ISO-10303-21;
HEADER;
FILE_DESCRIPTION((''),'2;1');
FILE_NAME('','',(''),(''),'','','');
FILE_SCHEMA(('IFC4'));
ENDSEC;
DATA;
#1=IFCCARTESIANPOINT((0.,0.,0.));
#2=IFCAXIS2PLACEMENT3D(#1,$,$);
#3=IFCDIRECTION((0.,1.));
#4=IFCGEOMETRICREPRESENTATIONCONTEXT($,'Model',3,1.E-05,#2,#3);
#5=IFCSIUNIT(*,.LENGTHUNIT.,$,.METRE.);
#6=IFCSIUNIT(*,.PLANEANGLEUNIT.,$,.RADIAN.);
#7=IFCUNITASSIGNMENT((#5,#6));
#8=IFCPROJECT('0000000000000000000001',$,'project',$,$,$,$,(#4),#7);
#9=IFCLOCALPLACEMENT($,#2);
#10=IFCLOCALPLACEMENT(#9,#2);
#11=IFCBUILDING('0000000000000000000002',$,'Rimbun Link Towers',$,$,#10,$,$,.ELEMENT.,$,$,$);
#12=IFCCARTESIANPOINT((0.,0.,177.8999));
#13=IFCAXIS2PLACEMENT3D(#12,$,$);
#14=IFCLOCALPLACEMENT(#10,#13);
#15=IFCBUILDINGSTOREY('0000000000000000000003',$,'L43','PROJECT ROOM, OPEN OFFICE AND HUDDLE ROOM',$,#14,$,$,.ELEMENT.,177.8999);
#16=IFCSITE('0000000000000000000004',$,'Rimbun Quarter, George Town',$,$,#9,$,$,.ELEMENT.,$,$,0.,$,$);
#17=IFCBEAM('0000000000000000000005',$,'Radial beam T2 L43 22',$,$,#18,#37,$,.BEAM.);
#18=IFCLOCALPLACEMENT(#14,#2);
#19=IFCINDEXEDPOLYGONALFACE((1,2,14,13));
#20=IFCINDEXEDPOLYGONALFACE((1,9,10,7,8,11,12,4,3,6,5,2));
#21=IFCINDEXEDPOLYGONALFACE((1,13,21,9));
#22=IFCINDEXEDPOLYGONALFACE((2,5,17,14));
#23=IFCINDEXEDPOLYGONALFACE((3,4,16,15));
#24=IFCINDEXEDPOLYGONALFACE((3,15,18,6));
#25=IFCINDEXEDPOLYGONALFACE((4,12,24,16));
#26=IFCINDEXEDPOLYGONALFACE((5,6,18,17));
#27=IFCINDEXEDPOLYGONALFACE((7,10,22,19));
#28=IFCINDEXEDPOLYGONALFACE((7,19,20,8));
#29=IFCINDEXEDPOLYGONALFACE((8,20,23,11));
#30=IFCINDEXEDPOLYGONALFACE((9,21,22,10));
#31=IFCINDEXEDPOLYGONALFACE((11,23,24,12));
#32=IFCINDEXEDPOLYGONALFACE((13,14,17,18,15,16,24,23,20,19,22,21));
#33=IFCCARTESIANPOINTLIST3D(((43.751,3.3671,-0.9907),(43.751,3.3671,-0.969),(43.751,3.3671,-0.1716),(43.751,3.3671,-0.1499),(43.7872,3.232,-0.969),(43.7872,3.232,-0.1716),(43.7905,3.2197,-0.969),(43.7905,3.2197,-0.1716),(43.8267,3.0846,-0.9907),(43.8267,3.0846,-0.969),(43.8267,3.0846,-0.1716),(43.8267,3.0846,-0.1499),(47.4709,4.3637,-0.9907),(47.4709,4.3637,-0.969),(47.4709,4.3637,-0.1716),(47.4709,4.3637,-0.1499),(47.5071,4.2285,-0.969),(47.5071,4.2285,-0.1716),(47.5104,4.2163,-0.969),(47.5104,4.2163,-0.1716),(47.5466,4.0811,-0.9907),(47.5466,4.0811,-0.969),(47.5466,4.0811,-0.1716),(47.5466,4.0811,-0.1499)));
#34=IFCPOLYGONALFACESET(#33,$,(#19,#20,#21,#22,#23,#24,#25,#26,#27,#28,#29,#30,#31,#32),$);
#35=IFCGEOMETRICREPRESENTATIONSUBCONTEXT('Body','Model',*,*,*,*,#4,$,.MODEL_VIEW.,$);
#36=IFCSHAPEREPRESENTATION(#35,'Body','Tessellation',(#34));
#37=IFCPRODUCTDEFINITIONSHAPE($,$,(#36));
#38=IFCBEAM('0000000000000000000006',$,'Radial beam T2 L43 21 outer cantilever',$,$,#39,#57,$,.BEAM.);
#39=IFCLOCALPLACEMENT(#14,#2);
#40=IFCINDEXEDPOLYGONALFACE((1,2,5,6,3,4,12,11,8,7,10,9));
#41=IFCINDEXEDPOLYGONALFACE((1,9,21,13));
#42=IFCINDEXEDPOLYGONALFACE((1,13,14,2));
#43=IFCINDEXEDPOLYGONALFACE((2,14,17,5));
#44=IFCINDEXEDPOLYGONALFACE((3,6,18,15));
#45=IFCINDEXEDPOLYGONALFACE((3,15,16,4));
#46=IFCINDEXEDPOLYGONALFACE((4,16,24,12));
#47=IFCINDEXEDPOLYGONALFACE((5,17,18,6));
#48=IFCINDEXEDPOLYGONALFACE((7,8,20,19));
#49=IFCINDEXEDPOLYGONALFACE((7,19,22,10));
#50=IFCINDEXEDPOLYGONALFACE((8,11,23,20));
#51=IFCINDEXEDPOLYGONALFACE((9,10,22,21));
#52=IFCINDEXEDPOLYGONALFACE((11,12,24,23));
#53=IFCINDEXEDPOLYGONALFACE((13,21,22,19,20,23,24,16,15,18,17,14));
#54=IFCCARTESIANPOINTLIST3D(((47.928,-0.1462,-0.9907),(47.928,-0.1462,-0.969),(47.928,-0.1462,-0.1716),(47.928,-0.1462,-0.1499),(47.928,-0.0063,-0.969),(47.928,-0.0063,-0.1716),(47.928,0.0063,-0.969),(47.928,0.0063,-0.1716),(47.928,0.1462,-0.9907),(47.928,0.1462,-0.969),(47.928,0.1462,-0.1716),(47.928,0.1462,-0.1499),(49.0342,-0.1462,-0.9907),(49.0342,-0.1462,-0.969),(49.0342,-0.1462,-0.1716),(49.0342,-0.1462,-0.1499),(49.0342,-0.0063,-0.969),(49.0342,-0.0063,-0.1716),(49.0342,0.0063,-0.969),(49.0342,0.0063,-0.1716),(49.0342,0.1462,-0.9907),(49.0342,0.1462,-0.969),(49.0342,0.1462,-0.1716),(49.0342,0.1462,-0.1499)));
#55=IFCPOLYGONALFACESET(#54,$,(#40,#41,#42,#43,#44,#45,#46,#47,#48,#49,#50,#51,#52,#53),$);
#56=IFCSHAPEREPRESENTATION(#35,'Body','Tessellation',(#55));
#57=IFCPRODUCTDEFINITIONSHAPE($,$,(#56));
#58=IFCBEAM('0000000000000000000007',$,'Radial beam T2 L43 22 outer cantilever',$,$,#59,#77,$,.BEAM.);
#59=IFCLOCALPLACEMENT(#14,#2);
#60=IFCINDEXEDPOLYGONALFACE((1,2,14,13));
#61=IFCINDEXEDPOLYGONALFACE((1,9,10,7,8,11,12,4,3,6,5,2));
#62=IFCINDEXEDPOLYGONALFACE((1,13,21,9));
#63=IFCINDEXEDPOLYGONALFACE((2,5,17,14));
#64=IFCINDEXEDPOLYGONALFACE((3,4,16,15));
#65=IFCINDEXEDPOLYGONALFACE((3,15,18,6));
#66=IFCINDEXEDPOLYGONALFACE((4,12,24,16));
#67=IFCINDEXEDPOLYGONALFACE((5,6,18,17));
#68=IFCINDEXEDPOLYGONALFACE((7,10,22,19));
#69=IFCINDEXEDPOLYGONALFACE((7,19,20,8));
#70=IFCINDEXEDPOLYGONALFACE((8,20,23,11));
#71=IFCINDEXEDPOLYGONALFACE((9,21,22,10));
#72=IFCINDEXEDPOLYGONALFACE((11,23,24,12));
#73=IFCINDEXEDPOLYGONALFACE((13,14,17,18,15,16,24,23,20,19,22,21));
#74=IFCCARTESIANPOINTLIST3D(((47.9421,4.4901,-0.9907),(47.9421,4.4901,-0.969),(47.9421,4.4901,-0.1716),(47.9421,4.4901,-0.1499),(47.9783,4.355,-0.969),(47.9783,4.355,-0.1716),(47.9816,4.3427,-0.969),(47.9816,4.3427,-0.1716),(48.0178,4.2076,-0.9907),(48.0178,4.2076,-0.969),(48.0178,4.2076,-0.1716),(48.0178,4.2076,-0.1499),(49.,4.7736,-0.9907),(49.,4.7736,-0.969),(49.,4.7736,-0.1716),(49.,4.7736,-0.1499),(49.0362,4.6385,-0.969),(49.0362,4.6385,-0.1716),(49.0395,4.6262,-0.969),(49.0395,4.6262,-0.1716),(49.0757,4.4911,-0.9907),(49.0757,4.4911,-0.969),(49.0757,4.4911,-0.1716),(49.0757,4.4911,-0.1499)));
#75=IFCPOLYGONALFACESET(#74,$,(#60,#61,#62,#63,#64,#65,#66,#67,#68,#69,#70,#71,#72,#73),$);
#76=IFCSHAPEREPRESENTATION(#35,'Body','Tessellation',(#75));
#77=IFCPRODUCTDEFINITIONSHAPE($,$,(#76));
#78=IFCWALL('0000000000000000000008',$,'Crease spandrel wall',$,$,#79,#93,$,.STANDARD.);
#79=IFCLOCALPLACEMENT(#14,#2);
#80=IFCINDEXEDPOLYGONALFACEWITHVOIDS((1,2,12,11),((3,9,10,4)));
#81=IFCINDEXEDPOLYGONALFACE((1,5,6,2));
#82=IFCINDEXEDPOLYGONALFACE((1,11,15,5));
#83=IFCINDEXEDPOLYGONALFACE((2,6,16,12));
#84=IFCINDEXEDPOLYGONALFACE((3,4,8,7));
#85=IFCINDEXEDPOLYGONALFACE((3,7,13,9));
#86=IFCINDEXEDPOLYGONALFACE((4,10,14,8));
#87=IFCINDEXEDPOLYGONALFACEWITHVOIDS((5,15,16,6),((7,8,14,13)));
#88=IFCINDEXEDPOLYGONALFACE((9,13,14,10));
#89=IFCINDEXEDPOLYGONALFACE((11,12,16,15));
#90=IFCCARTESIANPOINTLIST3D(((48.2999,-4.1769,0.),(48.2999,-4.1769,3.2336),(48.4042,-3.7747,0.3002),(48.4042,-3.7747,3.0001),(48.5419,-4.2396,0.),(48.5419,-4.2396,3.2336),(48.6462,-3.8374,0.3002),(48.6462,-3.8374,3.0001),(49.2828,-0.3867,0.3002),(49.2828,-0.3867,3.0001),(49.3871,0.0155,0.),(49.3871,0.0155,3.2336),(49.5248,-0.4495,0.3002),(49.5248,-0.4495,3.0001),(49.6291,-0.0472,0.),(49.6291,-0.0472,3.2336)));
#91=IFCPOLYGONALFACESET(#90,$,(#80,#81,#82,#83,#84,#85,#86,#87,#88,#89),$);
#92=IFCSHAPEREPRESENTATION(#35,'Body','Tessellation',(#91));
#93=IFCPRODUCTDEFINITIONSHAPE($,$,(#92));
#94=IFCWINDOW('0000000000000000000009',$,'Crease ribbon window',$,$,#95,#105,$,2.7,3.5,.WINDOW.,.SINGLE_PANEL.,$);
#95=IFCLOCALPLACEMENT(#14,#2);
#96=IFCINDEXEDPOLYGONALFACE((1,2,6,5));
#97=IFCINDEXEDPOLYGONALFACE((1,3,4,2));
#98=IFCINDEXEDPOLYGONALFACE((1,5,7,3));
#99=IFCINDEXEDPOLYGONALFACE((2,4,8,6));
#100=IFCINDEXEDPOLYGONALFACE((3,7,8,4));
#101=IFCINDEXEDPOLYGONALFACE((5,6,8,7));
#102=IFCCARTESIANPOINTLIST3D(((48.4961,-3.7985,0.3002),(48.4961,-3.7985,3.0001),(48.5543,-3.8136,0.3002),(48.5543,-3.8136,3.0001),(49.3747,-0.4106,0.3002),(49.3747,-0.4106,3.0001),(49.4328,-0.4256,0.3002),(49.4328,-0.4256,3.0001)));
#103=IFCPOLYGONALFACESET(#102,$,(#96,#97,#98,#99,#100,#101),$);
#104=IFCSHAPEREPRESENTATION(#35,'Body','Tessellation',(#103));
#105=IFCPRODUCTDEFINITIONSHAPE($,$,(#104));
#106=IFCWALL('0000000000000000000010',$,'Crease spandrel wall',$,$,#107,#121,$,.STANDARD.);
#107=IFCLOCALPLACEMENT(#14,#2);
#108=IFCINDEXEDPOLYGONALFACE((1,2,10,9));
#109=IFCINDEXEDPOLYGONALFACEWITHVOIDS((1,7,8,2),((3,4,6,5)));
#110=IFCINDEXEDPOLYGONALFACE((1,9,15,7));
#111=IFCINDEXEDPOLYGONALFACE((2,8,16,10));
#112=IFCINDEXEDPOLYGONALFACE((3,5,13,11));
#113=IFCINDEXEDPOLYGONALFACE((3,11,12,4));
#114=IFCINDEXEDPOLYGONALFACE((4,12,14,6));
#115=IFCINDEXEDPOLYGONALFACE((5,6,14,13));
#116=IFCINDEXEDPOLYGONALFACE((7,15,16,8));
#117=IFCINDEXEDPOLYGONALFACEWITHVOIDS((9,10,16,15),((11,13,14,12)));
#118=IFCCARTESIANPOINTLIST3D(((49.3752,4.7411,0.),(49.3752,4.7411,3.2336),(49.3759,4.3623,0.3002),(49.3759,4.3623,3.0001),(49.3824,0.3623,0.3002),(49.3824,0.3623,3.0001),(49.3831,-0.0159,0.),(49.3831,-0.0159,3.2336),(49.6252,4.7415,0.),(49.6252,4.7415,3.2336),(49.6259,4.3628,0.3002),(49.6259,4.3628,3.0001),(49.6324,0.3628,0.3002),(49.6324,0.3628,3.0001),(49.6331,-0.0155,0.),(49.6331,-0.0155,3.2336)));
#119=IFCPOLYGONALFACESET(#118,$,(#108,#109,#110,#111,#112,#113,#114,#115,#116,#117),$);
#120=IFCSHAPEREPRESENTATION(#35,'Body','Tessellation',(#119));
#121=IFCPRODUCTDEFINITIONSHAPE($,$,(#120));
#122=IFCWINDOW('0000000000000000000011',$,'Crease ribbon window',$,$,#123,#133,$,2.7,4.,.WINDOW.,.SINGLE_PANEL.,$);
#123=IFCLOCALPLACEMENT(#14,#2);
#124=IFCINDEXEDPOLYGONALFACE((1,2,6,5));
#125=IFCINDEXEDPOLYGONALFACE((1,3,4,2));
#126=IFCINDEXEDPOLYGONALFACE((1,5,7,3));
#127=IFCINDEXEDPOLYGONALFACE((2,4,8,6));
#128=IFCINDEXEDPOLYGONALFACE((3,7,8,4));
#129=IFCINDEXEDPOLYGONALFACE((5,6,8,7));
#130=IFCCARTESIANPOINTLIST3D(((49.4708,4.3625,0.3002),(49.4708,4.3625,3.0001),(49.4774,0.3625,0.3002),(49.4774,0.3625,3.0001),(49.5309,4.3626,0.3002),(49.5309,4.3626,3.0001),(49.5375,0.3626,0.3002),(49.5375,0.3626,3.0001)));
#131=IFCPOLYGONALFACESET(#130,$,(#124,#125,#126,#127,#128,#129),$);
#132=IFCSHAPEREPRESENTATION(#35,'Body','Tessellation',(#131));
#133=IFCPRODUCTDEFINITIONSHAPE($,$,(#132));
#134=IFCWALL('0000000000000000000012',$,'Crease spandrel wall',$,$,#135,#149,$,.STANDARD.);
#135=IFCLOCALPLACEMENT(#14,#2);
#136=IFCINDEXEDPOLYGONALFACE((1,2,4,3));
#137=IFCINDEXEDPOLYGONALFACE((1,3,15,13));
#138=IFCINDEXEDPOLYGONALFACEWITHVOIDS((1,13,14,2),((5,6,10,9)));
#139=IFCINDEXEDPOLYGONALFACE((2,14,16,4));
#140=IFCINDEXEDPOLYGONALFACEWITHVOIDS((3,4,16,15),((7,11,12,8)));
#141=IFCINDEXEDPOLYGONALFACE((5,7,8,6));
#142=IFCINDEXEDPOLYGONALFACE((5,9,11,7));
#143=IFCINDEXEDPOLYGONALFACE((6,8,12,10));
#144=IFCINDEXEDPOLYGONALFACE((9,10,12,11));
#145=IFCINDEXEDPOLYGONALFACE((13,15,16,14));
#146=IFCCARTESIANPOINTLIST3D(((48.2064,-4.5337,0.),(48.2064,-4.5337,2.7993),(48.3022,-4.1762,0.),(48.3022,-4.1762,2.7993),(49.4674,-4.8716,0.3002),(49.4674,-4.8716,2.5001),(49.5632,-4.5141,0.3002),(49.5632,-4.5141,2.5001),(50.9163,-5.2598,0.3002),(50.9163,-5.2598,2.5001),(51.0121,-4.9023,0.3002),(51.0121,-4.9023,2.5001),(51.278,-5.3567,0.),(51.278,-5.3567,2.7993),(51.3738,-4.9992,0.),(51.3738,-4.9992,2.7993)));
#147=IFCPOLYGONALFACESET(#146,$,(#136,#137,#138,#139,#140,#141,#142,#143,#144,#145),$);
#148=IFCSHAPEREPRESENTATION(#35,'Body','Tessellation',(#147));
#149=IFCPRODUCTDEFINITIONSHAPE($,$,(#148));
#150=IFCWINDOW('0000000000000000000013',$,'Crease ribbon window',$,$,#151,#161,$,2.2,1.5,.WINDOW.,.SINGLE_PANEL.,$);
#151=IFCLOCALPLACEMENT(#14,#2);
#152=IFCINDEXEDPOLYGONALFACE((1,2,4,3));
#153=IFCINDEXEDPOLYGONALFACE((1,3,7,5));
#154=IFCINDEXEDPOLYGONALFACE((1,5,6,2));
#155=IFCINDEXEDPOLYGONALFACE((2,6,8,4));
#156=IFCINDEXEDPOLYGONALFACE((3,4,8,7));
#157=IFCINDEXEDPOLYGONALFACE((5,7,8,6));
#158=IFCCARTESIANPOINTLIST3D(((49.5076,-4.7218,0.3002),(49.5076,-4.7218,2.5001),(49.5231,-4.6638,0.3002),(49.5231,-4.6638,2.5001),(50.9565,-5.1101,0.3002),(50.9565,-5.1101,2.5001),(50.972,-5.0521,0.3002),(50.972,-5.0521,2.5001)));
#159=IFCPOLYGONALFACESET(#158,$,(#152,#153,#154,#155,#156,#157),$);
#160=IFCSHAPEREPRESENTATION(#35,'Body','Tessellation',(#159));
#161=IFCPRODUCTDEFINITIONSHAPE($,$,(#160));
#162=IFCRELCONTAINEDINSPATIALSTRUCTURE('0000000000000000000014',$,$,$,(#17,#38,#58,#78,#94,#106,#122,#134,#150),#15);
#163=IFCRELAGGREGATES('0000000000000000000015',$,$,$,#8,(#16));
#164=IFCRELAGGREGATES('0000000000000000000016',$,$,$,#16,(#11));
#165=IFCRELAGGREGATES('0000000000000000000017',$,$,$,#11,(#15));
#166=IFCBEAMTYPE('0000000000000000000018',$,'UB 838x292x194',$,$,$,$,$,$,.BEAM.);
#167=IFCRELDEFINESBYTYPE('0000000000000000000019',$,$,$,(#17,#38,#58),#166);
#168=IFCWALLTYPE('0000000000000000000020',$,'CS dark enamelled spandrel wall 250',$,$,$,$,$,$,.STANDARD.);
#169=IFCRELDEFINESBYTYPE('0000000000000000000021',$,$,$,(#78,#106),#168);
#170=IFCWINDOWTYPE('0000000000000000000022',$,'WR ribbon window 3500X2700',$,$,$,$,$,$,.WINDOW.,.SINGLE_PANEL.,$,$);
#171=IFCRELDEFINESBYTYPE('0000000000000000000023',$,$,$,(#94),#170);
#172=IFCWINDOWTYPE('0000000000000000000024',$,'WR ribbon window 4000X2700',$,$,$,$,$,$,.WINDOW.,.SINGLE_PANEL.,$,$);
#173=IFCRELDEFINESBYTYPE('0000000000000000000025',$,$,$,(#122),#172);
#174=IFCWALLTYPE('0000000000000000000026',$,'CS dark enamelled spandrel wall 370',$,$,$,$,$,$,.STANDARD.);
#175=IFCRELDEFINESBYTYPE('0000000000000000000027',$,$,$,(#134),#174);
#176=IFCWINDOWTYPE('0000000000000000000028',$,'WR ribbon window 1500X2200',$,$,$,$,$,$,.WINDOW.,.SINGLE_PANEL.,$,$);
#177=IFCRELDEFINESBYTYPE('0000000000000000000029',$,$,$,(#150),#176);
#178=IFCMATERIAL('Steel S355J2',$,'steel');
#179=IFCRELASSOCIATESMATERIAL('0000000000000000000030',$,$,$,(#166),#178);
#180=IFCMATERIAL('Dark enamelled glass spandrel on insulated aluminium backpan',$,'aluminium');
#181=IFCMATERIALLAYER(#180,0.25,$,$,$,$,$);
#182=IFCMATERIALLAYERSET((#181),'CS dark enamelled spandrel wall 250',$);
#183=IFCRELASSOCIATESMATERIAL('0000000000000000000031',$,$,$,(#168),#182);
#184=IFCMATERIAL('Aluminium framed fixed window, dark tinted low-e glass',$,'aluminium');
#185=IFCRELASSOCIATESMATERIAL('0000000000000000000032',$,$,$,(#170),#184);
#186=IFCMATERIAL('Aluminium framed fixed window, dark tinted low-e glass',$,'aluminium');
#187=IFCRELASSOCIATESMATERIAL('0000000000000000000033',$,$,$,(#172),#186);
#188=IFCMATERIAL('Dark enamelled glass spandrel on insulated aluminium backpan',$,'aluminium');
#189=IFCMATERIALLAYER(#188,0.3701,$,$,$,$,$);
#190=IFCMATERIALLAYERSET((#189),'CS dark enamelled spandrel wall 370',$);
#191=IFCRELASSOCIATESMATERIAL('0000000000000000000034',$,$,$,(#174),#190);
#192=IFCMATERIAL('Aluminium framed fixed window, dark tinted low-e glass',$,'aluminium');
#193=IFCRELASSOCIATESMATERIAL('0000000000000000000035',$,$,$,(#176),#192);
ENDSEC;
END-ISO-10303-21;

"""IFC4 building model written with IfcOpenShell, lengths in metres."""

from ifc_helpers import new_model, si_unit, direction, frame, frame_2d, origin, origin_2d, place, context, subcontext, project, spatial, rectangle, i_section, extrude, material, layer, layer_set, material_profile, profile_set, type_object, element, fill, save


model = new_model("IFC4")

# Units and contexts
model_context = context("Model", 3, precision=1e-05, world=origin(), true_north=direction((0.0, 1.0)))
body_context = subcontext(model_context, "Body", "Model", "MODEL_VIEW")
ifc_project = project(units=[si_unit("LENGTHUNIT", "METRE"), si_unit("PLANEANGLEUNIT", "RADIAN")], contexts=[model_context])

# Site, building, storey
site_placement = place(None, origin())
site = spatial("IfcSite", under=ifc_project, at=site_placement, Name="Rimbun Quarter, George Town", CompositionType="ELEMENT", RefElevation=0.0)
building_placement = place(site_placement, origin())
building = spatial("IfcBuilding", under=site, at=building_placement, Name="Rimbun Link Towers", CompositionType="ELEMENT")
storey_placement = place(building_placement, frame((0.0, 0.0, 177.8999)))
storey = spatial("IfcBuildingStorey", under=building, at=storey_placement, Name="L43", Description="PROJECT ROOM, OPEN OFFICE AND HUDDLE ROOM", CompositionType="ELEMENT", Elevation=177.8999)

# Beams
ifc_material_1 = material(Name="Steel S355J2", Category="steel")
ifc_material_profile_1 = material_profile(ifc_material_1, i_section(OverallWidth=0.2925, OverallDepth=0.8408, WebThickness=0.0127, FlangeThickness=0.0217, at=origin_2d()), Name="UB 838x292x194")
ifc_profile_set_1 = profile_set([ifc_material_profile_1], Name="Steel S355J2")
beam_type_1 = type_object("IfcBeamType", Name="UB 838x292x194", PredefinedType="BEAM", material=ifc_profile_set_1)
beam_1_placement = place(storey_placement, frame((43.7888, 3.2258, -0.5703), z_axis=(0.965938, 0.258775, 0.0), x_axis=(-0.258775, 0.965938, 0.0)))
element("IfcBeam", 1, at=beam_1_placement, inside=storey, type_object=beam_type_1, Name="Radial beam T2 L43 22", PredefinedType="BEAM", context=body_context, shape_type="SweptSolid", body=[
    extrude(i_section(OverallWidth=0.2925, OverallDepth=0.8408, WebThickness=0.0127, FlangeThickness=0.0217, at=origin_2d()), origin(), (0.0, 0.0, 1.0), 3.8511),
])
beam_2_placement = place(storey_placement, frame((47.928, 0.0, -0.5703), z_axis=(1.0, 0.0, 0.0), x_axis=(0.0, 1.0, 0.0)))
element("IfcBeam", 2, at=beam_2_placement, inside=storey, type_object=beam_type_1, Name="Radial beam T2 L43 21 outer cantilever", PredefinedType="BEAM", context=body_context, shape_type="SweptSolid", body=[
    extrude(i_section(OverallWidth=0.2925, OverallDepth=0.8408, WebThickness=0.0127, FlangeThickness=0.0217, at=origin_2d()), origin(), (0.0, 0.0, 1.0), 1.1062),
])
beam_3_placement = place(storey_placement, frame((47.98, 4.3489, -0.5703), z_axis=(0.965927, 0.258814, 0.0), x_axis=(-0.258814, 0.965927, 0.0)))
element("IfcBeam", 3, at=beam_3_placement, inside=storey, type_object=beam_type_1, Name="Radial beam T2 L43 22 outer cantilever", PredefinedType="BEAM", context=body_context, shape_type="SweptSolid", body=[
    extrude(i_section(OverallWidth=0.2925, OverallDepth=0.8408, WebThickness=0.0127, FlangeThickness=0.0217, at=origin_2d()), origin(), (0.0, 0.0, 1.0), 1.0952),
])

# Walls, openings, windows
ifc_material_2 = material(Name="Dark enamelled glass spandrel on insulated aluminium backpan", Category="aluminium")
ifc_layer_1 = layer(ifc_material_2, 0.25)
ifc_layer_set_1 = layer_set([ifc_layer_1], Name="CS dark enamelled spandrel wall 250")
wall_type_1 = type_object("IfcWallType", Name="CS dark enamelled spandrel wall 250", PredefinedType="STANDARD", material=ifc_layer_set_1)
wall_1_placement = place(storey_placement, frame((49.5081, -0.0159, 0.0), z_axis=(0.0, 0.0, 1.0), x_axis=(-0.251015, -0.967983, 0.0)))
wall_1 = element("IfcWall", 4, at=wall_1_placement, inside=storey, type_object=wall_type_1, Name="Crease spandrel wall", PredefinedType="STANDARD", context=body_context, shape_type="SweptSolid", body=[
    extrude(rectangle(XDim=4.3311, YDim=0.25, at=frame_2d((2.1655, 0.0))), origin(), (0.0, 0.0, 1.0), 3.2336),
])
opening_1_placement = place(wall_1_placement, frame((0.4155, 0.0, 0.3)))
opening_1 = element("IfcOpeningElement", 5, at=opening_1_placement, cuts=wall_1, PredefinedType="OPENING", context=body_context, shape_type="SweptSolid", body=[
    extrude(rectangle(XDim=3.5, YDim=2.7, at=frame_2d((1.75, 1.3501))), frame((0.0, 0.135, 0.0), z_axis=(0.0, -1.0, 0.0), x_axis=(1.0, 0.0, 0.0)), (0.0, 0.0, 1.0), 0.27),
])
ifc_material_3 = material(Name="Aluminium framed fixed window, dark tinted low-e glass", Category="aluminium")
window_type_1 = type_object("IfcWindowType", Name="WR ribbon window 3500X2700", PartitioningType="SINGLE_PANEL", PredefinedType="WINDOW", material=ifc_material_3)
window_1_placement = place(opening_1_placement, origin())
window_1 = element("IfcWindow", 6, at=window_1_placement, inside=storey, type_object=window_type_1, Name="Crease ribbon window", OverallHeight=2.7, OverallWidth=3.5, PartitioningType="SINGLE_PANEL", PredefinedType="WINDOW", context=body_context, shape_type="SweptSolid", body=[
    extrude(rectangle(XDim=3.5, YDim=2.7, at=frame_2d((1.75, 1.3501))), frame((0.0, 0.03, 0.0), z_axis=(0.0, -1.0, 0.0), x_axis=(1.0, 0.0, 0.0)), (0.0, 0.0, 1.0), 0.0601),
])
fill(opening_1, window_1)
wall_2_placement = place(storey_placement, frame((49.5002, 4.7412, 0.0), z_axis=(0.0, 0.0, 1.0), x_axis=(0.001642, -0.999999, 0.0)))
wall_2 = element("IfcWall", 7, at=wall_2_placement, inside=storey, type_object=wall_type_1, Name="Crease spandrel wall", PredefinedType="STANDARD", context=body_context, shape_type="SweptSolid", body=[
    extrude(rectangle(XDim=4.7571, YDim=0.25, at=frame_2d((2.3784, 0.0))), origin(), (0.0, 0.0, 1.0), 3.2336),
])
opening_2_placement = place(wall_2_placement, frame((0.3787, 0.0, 0.3)))
opening_2 = element("IfcOpeningElement", 8, at=opening_2_placement, cuts=wall_2, PredefinedType="OPENING", context=body_context, shape_type="SweptSolid", body=[
    extrude(rectangle(XDim=4.0, YDim=2.7, at=frame_2d((2.0, 1.3501))), frame((0.0, 0.135, 0.0), z_axis=(0.0, -1.0, 0.0), x_axis=(1.0, 0.0, 0.0)), (0.0, 0.0, 1.0), 0.27),
])
ifc_material_4 = material(Name="Aluminium framed fixed window, dark tinted low-e glass", Category="aluminium")
window_type_2 = type_object("IfcWindowType", Name="WR ribbon window 4000X2700", PartitioningType="SINGLE_PANEL", PredefinedType="WINDOW", material=ifc_material_4)
window_2_placement = place(opening_2_placement, origin())
window_2 = element("IfcWindow", 9, at=window_2_placement, inside=storey, type_object=window_type_2, Name="Crease ribbon window", OverallHeight=2.7, OverallWidth=4.0, PartitioningType="SINGLE_PANEL", PredefinedType="WINDOW", context=body_context, shape_type="SweptSolid", body=[
    extrude(rectangle(XDim=4.0, YDim=2.7, at=frame_2d((2.0, 1.3501))), frame((0.0, 0.03, 0.0), z_axis=(0.0, -1.0, 0.0), x_axis=(1.0, 0.0, 0.0)), (0.0, 0.0, 1.0), 0.0601),
])
fill(opening_2, window_2)
ifc_material_5 = material(Name="Dark enamelled glass spandrel on insulated aluminium backpan", Category="aluminium")
ifc_layer_2 = layer(ifc_material_5, 0.3701)
ifc_layer_set_2 = layer_set([ifc_layer_2], Name="CS dark enamelled spandrel wall 370")
wall_type_2 = type_object("IfcWallType", Name="CS dark enamelled spandrel wall 370", PredefinedType="STANDARD", material=ifc_layer_set_2)
wall_3_placement = place(storey_placement, frame((48.2544, -4.355, 0.0), z_axis=(0.0, 0.0, 1.0), x_axis=(0.965927, -0.258814, 0.0)))
wall_3 = element("IfcWall", 10, at=wall_3_placement, inside=storey, type_object=wall_type_2, Name="Crease spandrel wall", PredefinedType="STANDARD", context=body_context, shape_type="SweptSolid", body=[
    extrude(rectangle(XDim=3.1799, YDim=0.3701, at=frame_2d((1.5898, 0.0))), origin(), (0.0, 0.0, 1.0), 2.7993),
])
opening_3_placement = place(wall_3_placement, frame((1.3054, 0.0, 0.3)))
opening_3 = element("IfcOpeningElement", 11, at=opening_3_placement, cuts=wall_3, PredefinedType="OPENING", context=body_context, shape_type="SweptSolid", body=[
    extrude(rectangle(XDim=1.5, YDim=2.2, at=frame_2d((0.75, 1.1001))), frame((0.0, 0.1951, 0.0), z_axis=(0.0, -1.0, 0.0), x_axis=(1.0, 0.0, 0.0)), (0.0, 0.0, 1.0), 0.3901),
])
ifc_material_6 = material(Name="Aluminium framed fixed window, dark tinted low-e glass", Category="aluminium")
window_type_3 = type_object("IfcWindowType", Name="WR ribbon window 1500X2200", PartitioningType="SINGLE_PANEL", PredefinedType="WINDOW", material=ifc_material_6)
window_3_placement = place(opening_3_placement, origin())
window_3 = element("IfcWindow", 12, at=window_3_placement, inside=storey, type_object=window_type_3, Name="Crease ribbon window", OverallHeight=2.2, OverallWidth=1.5, PartitioningType="SINGLE_PANEL", PredefinedType="WINDOW", context=body_context, shape_type="SweptSolid", body=[
    extrude(rectangle(XDim=1.5, YDim=2.2, at=frame_2d((0.75, 1.1001))), frame((0.0, 0.03, 0.0), z_axis=(0.0, -1.0, 0.0), x_axis=(1.0, 0.0, 0.0)), (0.0, 0.0, 1.0), 0.0601),
])
fill(opening_3, window_3)

save(model, "model.ifc")
